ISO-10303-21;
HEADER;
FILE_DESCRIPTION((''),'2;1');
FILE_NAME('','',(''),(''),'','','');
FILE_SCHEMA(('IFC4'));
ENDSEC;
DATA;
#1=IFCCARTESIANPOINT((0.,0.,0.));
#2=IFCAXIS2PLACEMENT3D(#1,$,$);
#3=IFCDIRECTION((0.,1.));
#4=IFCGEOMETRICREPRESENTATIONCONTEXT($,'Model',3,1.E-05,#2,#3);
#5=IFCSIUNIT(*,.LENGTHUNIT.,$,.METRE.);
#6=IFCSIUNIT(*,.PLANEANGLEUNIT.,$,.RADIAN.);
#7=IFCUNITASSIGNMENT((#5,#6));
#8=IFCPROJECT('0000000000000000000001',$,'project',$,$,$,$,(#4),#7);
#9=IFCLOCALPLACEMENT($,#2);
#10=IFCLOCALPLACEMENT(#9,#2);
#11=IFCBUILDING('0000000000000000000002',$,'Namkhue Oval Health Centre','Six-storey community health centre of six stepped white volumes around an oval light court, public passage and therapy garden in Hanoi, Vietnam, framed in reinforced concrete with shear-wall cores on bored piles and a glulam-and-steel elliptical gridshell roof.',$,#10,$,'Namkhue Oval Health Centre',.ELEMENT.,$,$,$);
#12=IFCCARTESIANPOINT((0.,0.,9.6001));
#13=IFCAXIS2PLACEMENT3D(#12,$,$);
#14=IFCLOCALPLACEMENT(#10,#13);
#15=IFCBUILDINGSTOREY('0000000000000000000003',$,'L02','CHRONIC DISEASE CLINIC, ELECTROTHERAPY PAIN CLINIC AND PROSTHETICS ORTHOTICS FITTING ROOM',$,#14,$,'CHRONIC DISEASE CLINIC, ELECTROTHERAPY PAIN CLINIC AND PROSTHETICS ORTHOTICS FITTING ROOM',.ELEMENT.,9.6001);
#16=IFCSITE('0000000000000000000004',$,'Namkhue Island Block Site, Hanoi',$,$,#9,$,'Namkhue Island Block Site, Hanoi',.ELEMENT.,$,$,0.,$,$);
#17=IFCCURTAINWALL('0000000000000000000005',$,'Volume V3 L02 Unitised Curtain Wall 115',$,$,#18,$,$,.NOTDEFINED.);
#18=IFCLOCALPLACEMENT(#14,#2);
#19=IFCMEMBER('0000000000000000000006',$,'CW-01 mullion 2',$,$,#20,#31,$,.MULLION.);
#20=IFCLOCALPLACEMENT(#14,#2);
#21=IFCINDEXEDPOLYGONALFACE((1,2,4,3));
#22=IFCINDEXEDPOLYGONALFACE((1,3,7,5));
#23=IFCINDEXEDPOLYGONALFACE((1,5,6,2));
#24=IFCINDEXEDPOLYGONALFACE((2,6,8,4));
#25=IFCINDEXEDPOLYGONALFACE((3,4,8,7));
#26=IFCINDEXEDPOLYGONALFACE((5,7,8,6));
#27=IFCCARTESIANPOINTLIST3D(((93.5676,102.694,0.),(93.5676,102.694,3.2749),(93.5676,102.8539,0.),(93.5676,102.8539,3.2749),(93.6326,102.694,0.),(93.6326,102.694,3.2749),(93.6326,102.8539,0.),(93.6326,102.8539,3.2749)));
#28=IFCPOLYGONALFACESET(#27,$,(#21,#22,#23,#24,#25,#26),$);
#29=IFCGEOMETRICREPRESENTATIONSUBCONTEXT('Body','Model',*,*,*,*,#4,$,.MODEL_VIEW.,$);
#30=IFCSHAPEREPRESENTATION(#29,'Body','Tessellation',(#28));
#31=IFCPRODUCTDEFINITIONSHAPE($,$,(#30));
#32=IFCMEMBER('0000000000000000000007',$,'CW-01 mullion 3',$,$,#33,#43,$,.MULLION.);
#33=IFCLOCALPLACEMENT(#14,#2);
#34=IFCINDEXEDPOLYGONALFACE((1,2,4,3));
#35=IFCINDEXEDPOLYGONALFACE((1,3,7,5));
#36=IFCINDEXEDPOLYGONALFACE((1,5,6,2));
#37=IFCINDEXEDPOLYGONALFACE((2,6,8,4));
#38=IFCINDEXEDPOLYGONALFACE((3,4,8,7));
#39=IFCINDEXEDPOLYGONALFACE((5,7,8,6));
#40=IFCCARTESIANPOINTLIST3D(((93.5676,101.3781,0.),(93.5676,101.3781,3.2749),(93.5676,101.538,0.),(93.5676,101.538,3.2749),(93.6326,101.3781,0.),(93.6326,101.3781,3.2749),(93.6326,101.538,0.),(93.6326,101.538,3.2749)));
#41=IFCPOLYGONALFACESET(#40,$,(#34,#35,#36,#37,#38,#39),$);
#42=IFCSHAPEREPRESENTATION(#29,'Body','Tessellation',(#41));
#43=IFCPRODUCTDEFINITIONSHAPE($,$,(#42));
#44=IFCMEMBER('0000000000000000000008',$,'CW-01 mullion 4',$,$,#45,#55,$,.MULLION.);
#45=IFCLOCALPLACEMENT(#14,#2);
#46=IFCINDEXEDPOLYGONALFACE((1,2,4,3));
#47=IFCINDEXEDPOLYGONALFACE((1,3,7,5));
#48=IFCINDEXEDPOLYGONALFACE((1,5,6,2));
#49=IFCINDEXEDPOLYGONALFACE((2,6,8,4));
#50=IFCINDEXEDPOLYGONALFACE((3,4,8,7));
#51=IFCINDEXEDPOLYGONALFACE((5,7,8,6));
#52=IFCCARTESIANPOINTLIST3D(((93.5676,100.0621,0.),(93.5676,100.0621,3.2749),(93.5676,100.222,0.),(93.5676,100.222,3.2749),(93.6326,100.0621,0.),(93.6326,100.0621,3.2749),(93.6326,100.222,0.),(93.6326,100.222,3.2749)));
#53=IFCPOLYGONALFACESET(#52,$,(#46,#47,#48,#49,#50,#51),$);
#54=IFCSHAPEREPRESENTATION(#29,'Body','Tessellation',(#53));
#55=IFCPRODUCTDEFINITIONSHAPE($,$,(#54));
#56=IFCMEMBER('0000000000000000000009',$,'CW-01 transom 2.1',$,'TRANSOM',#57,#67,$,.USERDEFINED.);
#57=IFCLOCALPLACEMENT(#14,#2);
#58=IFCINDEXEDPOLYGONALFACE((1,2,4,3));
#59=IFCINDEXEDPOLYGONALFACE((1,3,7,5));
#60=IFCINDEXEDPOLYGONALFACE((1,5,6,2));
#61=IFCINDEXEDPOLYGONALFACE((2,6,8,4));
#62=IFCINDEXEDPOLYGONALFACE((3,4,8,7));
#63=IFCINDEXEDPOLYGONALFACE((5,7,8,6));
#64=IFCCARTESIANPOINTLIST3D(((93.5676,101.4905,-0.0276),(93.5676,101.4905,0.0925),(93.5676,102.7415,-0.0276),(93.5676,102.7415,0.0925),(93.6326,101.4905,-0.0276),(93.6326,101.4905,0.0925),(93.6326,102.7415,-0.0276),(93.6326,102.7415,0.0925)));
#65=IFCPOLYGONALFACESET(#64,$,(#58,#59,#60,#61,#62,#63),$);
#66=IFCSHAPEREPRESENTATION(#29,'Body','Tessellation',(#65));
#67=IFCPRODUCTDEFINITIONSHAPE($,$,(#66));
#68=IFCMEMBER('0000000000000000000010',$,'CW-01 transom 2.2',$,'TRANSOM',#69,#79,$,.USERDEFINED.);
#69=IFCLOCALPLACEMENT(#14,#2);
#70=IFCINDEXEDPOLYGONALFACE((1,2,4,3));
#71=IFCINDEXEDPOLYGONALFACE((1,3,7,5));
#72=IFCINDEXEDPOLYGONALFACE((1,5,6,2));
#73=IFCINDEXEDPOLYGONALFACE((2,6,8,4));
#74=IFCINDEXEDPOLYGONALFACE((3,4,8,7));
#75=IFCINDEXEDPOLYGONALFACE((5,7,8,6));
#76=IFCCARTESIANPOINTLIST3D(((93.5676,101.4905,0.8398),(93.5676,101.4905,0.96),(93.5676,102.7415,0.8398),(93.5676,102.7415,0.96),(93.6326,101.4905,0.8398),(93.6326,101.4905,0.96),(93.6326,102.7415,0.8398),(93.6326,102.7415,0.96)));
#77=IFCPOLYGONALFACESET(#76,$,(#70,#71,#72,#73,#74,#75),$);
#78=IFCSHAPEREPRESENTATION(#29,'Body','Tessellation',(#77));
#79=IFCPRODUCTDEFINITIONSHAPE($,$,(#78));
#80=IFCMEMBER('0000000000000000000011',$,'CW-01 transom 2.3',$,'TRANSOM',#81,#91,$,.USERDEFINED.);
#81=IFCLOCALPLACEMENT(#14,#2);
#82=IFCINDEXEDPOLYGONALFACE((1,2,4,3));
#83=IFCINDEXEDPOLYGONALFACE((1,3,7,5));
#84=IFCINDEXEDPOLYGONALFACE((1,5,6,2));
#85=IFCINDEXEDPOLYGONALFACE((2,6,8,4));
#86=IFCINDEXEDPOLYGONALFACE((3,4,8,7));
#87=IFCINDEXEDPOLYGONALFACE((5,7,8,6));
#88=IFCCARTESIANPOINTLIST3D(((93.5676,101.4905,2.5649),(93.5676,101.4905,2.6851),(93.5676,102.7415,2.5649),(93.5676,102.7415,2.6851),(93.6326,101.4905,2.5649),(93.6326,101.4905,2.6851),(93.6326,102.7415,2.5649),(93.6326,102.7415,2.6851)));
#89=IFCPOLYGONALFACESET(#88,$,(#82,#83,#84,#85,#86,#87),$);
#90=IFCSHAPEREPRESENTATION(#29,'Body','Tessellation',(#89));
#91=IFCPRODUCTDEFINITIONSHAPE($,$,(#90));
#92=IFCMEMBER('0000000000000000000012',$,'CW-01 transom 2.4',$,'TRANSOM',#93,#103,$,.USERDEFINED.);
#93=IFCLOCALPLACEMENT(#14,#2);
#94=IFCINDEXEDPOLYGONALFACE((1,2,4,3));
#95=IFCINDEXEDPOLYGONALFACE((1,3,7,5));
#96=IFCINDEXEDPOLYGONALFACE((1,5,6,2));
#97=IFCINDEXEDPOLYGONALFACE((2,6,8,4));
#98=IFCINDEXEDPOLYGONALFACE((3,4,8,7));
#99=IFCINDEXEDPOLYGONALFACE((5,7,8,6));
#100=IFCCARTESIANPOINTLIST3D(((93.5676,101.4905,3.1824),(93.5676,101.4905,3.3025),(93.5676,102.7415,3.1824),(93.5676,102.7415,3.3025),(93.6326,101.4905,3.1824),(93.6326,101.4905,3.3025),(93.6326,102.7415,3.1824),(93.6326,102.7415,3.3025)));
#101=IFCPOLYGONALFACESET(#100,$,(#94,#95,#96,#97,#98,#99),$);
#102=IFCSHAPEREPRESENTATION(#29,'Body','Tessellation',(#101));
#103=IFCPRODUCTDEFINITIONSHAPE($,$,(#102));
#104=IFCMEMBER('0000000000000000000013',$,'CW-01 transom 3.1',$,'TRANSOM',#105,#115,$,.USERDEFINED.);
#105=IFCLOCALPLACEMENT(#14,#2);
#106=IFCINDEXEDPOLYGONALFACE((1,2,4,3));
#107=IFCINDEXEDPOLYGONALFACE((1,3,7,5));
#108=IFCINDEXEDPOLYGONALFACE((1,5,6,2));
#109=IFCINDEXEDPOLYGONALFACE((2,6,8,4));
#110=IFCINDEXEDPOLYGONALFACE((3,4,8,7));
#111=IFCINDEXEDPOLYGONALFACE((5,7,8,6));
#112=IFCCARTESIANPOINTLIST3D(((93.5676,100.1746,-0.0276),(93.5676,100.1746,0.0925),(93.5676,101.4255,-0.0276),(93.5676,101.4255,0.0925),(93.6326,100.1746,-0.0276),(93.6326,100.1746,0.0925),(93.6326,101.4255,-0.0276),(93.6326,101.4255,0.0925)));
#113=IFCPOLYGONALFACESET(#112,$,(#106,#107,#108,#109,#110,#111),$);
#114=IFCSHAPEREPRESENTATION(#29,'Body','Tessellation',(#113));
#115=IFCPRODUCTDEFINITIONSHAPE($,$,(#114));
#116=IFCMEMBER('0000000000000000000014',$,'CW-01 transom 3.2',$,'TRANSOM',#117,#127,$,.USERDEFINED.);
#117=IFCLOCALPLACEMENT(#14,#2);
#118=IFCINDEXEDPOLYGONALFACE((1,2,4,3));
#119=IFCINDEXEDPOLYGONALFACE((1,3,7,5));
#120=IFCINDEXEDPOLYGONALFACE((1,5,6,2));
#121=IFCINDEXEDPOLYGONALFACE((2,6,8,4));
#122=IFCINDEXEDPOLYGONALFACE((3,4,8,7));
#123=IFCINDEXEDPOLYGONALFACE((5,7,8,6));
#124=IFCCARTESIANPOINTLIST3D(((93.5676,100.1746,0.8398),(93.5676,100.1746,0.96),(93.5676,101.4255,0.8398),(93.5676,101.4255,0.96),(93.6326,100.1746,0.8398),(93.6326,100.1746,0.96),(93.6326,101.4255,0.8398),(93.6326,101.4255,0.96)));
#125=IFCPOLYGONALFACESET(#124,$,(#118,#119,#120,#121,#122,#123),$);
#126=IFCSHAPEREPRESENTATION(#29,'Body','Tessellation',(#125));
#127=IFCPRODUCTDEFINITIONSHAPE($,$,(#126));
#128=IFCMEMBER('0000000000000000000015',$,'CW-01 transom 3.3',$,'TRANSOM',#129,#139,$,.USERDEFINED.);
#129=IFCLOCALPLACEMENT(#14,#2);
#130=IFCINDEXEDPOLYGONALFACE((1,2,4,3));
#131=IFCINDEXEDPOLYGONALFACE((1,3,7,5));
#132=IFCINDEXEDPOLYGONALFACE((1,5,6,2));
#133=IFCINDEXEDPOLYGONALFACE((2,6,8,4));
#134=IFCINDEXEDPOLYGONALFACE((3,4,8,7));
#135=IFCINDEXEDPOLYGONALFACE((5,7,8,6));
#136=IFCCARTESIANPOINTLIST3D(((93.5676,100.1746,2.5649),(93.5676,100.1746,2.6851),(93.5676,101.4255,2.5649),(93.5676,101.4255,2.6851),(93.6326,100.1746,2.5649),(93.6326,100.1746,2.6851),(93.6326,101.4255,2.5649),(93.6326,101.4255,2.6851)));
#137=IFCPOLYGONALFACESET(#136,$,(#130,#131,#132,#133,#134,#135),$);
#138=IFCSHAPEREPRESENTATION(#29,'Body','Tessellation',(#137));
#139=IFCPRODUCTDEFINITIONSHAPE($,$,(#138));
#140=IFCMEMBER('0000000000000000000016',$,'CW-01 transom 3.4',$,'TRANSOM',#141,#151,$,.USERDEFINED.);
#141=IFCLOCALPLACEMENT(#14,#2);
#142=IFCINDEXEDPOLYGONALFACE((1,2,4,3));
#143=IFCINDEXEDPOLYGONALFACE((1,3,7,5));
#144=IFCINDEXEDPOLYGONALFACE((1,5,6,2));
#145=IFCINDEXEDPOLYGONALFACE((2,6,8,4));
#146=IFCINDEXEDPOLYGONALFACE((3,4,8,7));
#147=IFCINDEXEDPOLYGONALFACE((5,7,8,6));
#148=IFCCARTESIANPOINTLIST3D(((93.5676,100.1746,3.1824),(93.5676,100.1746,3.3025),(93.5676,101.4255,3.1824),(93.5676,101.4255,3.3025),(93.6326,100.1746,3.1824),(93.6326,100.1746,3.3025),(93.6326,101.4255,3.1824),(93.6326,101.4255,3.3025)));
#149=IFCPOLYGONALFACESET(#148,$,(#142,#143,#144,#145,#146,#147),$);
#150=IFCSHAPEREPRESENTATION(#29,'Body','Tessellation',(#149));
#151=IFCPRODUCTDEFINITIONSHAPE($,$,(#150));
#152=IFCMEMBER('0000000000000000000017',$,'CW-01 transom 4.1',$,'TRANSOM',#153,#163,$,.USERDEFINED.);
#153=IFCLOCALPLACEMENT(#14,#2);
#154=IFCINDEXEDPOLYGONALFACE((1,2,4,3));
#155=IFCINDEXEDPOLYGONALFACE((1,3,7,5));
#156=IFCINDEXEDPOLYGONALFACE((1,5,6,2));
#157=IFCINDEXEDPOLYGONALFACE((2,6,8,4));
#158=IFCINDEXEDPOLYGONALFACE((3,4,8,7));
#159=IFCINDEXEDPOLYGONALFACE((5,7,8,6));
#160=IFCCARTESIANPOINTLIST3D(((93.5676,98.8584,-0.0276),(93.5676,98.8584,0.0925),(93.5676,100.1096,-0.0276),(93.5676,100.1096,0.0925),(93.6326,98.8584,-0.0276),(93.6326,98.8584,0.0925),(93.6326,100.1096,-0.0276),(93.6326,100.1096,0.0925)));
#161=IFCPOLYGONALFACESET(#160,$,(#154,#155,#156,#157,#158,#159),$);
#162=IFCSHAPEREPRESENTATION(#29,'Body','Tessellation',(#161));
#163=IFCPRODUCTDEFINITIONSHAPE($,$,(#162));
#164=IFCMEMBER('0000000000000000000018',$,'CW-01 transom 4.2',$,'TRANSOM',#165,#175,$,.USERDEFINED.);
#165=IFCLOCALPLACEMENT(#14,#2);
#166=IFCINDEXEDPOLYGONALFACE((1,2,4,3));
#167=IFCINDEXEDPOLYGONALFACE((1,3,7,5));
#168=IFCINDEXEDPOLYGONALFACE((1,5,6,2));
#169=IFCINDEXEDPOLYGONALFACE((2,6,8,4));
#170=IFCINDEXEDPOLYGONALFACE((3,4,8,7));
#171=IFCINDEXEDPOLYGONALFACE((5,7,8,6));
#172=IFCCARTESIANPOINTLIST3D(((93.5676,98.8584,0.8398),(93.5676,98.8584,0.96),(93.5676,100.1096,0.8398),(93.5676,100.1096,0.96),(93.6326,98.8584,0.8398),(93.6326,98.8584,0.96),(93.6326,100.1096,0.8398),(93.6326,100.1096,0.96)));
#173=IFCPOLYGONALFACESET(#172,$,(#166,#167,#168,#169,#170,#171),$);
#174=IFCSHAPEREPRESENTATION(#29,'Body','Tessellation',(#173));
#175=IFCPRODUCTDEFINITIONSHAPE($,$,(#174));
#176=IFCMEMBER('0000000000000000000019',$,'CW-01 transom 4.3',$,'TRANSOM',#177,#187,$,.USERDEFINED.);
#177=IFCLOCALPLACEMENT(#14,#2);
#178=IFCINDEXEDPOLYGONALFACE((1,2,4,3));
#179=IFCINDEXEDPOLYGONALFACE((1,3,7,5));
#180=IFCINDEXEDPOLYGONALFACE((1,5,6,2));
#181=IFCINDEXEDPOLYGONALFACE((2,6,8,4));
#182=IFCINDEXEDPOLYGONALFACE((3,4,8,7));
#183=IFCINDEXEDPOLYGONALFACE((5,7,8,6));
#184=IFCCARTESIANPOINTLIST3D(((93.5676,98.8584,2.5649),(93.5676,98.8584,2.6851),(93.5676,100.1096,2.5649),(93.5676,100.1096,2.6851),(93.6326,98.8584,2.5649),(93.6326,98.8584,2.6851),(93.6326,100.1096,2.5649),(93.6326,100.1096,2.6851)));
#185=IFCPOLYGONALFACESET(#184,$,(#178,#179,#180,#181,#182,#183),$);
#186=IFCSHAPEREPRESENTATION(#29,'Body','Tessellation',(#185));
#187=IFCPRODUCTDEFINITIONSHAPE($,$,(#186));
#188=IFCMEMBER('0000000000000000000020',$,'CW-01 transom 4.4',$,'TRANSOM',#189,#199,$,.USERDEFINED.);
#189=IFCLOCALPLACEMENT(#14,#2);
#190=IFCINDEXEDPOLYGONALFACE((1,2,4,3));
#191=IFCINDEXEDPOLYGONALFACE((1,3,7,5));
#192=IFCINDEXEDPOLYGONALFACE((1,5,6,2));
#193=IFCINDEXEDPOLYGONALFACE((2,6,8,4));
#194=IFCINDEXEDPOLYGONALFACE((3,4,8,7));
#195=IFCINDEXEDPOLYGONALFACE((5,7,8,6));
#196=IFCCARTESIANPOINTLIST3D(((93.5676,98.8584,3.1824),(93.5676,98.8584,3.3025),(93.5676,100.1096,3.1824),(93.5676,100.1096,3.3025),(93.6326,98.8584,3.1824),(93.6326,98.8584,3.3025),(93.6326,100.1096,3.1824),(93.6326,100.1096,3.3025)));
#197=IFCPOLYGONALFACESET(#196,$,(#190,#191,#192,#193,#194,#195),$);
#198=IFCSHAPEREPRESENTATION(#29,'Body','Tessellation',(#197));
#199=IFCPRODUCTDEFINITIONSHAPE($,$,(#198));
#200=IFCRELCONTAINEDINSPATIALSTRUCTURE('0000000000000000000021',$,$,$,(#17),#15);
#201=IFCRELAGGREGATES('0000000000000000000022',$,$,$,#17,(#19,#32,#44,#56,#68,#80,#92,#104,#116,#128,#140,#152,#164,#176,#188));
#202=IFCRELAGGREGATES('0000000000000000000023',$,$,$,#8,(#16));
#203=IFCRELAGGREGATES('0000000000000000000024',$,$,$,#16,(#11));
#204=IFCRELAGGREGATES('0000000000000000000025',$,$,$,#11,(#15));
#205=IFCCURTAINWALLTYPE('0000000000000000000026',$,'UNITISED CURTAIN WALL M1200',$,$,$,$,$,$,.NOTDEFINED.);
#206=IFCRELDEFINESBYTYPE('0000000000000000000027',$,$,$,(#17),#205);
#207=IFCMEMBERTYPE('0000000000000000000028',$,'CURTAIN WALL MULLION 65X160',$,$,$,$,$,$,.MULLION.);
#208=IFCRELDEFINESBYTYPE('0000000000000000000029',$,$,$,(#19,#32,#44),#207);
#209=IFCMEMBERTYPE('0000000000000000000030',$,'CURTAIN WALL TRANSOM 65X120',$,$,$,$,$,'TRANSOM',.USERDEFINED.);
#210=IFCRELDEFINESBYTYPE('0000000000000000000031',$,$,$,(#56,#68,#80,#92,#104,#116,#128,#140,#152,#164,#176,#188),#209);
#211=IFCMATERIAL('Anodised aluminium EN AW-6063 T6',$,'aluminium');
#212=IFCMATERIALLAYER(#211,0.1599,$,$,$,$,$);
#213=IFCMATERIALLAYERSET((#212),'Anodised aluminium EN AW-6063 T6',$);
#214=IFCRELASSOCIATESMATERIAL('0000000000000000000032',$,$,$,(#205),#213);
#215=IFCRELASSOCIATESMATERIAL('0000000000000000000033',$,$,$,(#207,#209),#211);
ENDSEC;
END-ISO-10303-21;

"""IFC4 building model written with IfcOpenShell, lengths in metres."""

from ifc_helpers import new_model, si_unit, direction, frame, origin, origin_2d, place, context, subcontext, project, spatial, rectangle, extrude, material, layer, layer_set, material_profile, profile_set, type_object, element, aggregate, save


model = new_model("IFC4")

# Units and contexts
model_context = context("Model", 3, precision=1e-05, world=origin(), true_north=direction((0.0, 1.0)))
body_context = subcontext(model_context, "Body", "Model", "MODEL_VIEW")
ifc_project = project(units=[si_unit("LENGTHUNIT", "METRE"), si_unit("PLANEANGLEUNIT", "RADIAN")], contexts=[model_context])

# Site, building, storey
site_placement = place(None, origin())
site = spatial("IfcSite", under=ifc_project, at=site_placement, Name="Namkhue Island Block Site, Hanoi", LongName="Namkhue Island Block Site, Hanoi", CompositionType="ELEMENT", RefElevation=0.0)
building_placement = place(site_placement, origin())
building = spatial("IfcBuilding", under=site, at=building_placement, Name="Namkhue Oval Health Centre", Description="Six-storey community health centre of six stepped white volumes around an oval light court, public passage and therapy garden in Hanoi, Vietnam, framed in reinforced concrete with shear-wall cores on bored piles and a glulam-and-steel elliptical gridshell roof.", LongName="Namkhue Oval Health Centre", CompositionType="ELEMENT")
storey_placement = place(building_placement, frame((0.0, 0.0, 9.6001)))
storey = spatial("IfcBuildingStorey", under=building, at=storey_placement, Name="L02", Description="CHRONIC DISEASE CLINIC, ELECTROTHERAPY PAIN CLINIC AND PROSTHETICS ORTHOTICS FITTING ROOM", LongName="CHRONIC DISEASE CLINIC, ELECTROTHERAPY PAIN CLINIC AND PROSTHETICS ORTHOTICS FITTING ROOM", CompositionType="ELEMENT", Elevation=9.6001)

# Curtain wall, members
ifc_material_1 = material(Name="Anodised aluminium EN AW-6063 T6", Category="aluminium")
ifc_layer_1 = layer(ifc_material_1, 0.1599)
ifc_layer_set_1 = layer_set([ifc_layer_1], Name="Anodised aluminium EN AW-6063 T6")
curtain_wall_type = type_object("IfcCurtainWallType", Name="UNITISED CURTAIN WALL M1200", PredefinedType="NOTDEFINED", material=ifc_layer_set_1)
curtain_wall_placement = place(storey_placement, origin())
curtain_wall = element("IfcCurtainWall", 1, at=curtain_wall_placement, inside=storey, type_object=curtain_wall_type, Name="Volume V3 L02 Unitised Curtain Wall 115", PredefinedType="NOTDEFINED")
ifc_material_profile_1 = material_profile(ifc_material_1, rectangle(XDim=0.0649, YDim=0.1599, at=origin_2d()), Name="ALU 65x160")
ifc_profile_set_1 = profile_set([ifc_material_profile_1], Name="Anodised aluminium EN AW-6063 T6")
member_type_1 = type_object("IfcMemberType", Name="CURTAIN WALL MULLION 65X160", PredefinedType="MULLION", material=ifc_profile_set_1)
member_1_placement = place(storey_placement, frame((93.6001, 102.7739, 0.0), z_axis=(0.0, 0.0, 1.0), x_axis=(1.0, 0.0, 0.0)))
member_1 = element("IfcMember", 2, at=member_1_placement, type_object=member_type_1, Name="CW-01 mullion 2", PredefinedType="MULLION", context=body_context, shape_type="SweptSolid", body=[
    extrude(rectangle(XDim=0.0649, YDim=0.1599, at=origin_2d()), origin(), (0.0, 0.0, 1.0), 3.2749),
])
member_2_placement = place(storey_placement, frame((93.6001, 101.458, 0.0), z_axis=(0.0, 0.0, 1.0), x_axis=(1.0, 0.0, 0.0)))
member_2 = element("IfcMember", 3, at=member_2_placement, type_object=member_type_1, Name="CW-01 mullion 3", PredefinedType="MULLION", context=body_context, shape_type="SweptSolid", body=[
    extrude(rectangle(XDim=0.0649, YDim=0.1599, at=origin_2d()), origin(), (0.0, 0.0, 1.0), 3.2749),
])
member_3_placement = place(storey_placement, frame((93.6001, 100.1421, 0.0), z_axis=(0.0, 0.0, 1.0), x_axis=(1.0, 0.0, 0.0)))
member_3 = element("IfcMember", 4, at=member_3_placement, type_object=member_type_1, Name="CW-01 mullion 4", PredefinedType="MULLION", context=body_context, shape_type="SweptSolid", body=[
    extrude(rectangle(XDim=0.0649, YDim=0.1599, at=origin_2d()), origin(), (0.0, 0.0, 1.0), 3.2749),
])
ifc_material_profile_2 = material_profile(ifc_material_1, rectangle(XDim=0.0649, YDim=0.1201, at=origin_2d()), Name="ALU 65x120")
ifc_profile_set_2 = profile_set([ifc_material_profile_2], Name="Anodised aluminium EN AW-6063 T6")
member_type_2 = type_object("IfcMemberType", Name="CURTAIN WALL TRANSOM 65X120", ElementType="TRANSOM", PredefinedType="USERDEFINED", material=ifc_profile_set_2)
member_4_placement = place(storey_placement, frame((93.6001, 102.7415, 0.0325), z_axis=(0.0, -1.0, 0.0), x_axis=(1.0, 0.0, 0.0)))
member_4 = element("IfcMember", 5, at=member_4_placement, type_object=member_type_2, Name="CW-01 transom 2.1", ObjectType="TRANSOM", PredefinedType="USERDEFINED", context=body_context, shape_type="SweptSolid", body=[
    extrude(rectangle(XDim=0.0649, YDim=0.1201, at=origin_2d()), origin(), (0.0, 0.0, 1.0), 1.251),
])
member_5_placement = place(storey_placement, frame((93.6001, 102.7415, 0.8999), z_axis=(0.0, -1.0, 0.0), x_axis=(1.0, 0.0, 0.0)))
member_5 = element("IfcMember", 6, at=member_5_placement, type_object=member_type_2, Name="CW-01 transom 2.2", ObjectType="TRANSOM", PredefinedType="USERDEFINED", context=body_context, shape_type="SweptSolid", body=[
    extrude(rectangle(XDim=0.0649, YDim=0.1201, at=origin_2d()), origin(), (0.0, 0.0, 1.0), 1.251),
])
member_6_placement = place(storey_placement, frame((93.6001, 102.7415, 2.625), z_axis=(0.0, -1.0, 0.0), x_axis=(1.0, 0.0, 0.0)))
member_6 = element("IfcMember", 7, at=member_6_placement, type_object=member_type_2, Name="CW-01 transom 2.3", ObjectType="TRANSOM", PredefinedType="USERDEFINED", context=body_context, shape_type="SweptSolid", body=[
    extrude(rectangle(XDim=0.0649, YDim=0.1201, at=origin_2d()), origin(), (0.0, 0.0, 1.0), 1.251),
])
member_7_placement = place(storey_placement, frame((93.6001, 102.7415, 3.2424), z_axis=(0.0, -1.0, 0.0), x_axis=(1.0, 0.0, 0.0)))
member_7 = element("IfcMember", 8, at=member_7_placement, type_object=member_type_2, Name="CW-01 transom 2.4", ObjectType="TRANSOM", PredefinedType="USERDEFINED", context=body_context, shape_type="SweptSolid", body=[
    extrude(rectangle(XDim=0.0649, YDim=0.1201, at=origin_2d()), origin(), (0.0, 0.0, 1.0), 1.251),
])
member_8_placement = place(storey_placement, frame((93.6001, 101.4255, 0.0325), z_axis=(0.0, -1.0, 0.0), x_axis=(1.0, 0.0, 0.0)))
member_8 = element("IfcMember", 9, at=member_8_placement, type_object=member_type_2, Name="CW-01 transom 3.1", ObjectType="TRANSOM", PredefinedType="USERDEFINED", context=body_context, shape_type="SweptSolid", body=[
    extrude(rectangle(XDim=0.0649, YDim=0.1201, at=origin_2d()), origin(), (0.0, 0.0, 1.0), 1.251),
])
member_9_placement = place(storey_placement, frame((93.6001, 101.4255, 0.8999), z_axis=(0.0, -1.0, 0.0), x_axis=(1.0, 0.0, 0.0)))
member_9 = element("IfcMember", 10, at=member_9_placement, type_object=member_type_2, Name="CW-01 transom 3.2", ObjectType="TRANSOM", PredefinedType="USERDEFINED", context=body_context, shape_type="SweptSolid", body=[
    extrude(rectangle(XDim=0.0649, YDim=0.1201, at=origin_2d()), origin(), (0.0, 0.0, 1.0), 1.251),
])
member_10_placement = place(storey_placement, frame((93.6001, 101.4255, 2.625), z_axis=(0.0, -1.0, 0.0), x_axis=(1.0, 0.0, 0.0)))
member_10 = element("IfcMember", 11, at=member_10_placement, type_object=member_type_2, Name="CW-01 transom 3.3", ObjectType="TRANSOM", PredefinedType="USERDEFINED", context=body_context, shape_type="SweptSolid", body=[
    extrude(rectangle(XDim=0.0649, YDim=0.1201, at=origin_2d()), origin(), (0.0, 0.0, 1.0), 1.251),
])
member_11_placement = place(storey_placement, frame((93.6001, 101.4255, 3.2424), z_axis=(0.0, -1.0, 0.0), x_axis=(1.0, 0.0, 0.0)))
member_11 = element("IfcMember", 12, at=member_11_placement, type_object=member_type_2, Name="CW-01 transom 3.4", ObjectType="TRANSOM", PredefinedType="USERDEFINED", context=body_context, shape_type="SweptSolid", body=[
    extrude(rectangle(XDim=0.0649, YDim=0.1201, at=origin_2d()), origin(), (0.0, 0.0, 1.0), 1.251),
])
member_12_placement = place(storey_placement, frame((93.6001, 100.1096, 0.0325), z_axis=(0.0, -1.0, 0.0), x_axis=(1.0, 0.0, 0.0)))
member_12 = element("IfcMember", 13, at=member_12_placement, type_object=member_type_2, Name="CW-01 transom 4.1", ObjectType="TRANSOM", PredefinedType="USERDEFINED", context=body_context, shape_type="SweptSolid", body=[
    extrude(rectangle(XDim=0.0649, YDim=0.1201, at=origin_2d()), origin(), (0.0, 0.0, 1.0), 1.2512),
])
member_13_placement = place(storey_placement, frame((93.6001, 100.1096, 0.8999), z_axis=(0.0, -1.0, 0.0), x_axis=(1.0, 0.0, 0.0)))
member_13 = element("IfcMember", 14, at=member_13_placement, type_object=member_type_2, Name="CW-01 transom 4.2", ObjectType="TRANSOM", PredefinedType="USERDEFINED", context=body_context, shape_type="SweptSolid", body=[
    extrude(rectangle(XDim=0.0649, YDim=0.1201, at=origin_2d()), origin(), (0.0, 0.0, 1.0), 1.2512),
])
member_14_placement = place(storey_placement, frame((93.6001, 100.1096, 2.625), z_axis=(0.0, -1.0, 0.0), x_axis=(1.0, 0.0, 0.0)))
member_14 = element("IfcMember", 15, at=member_14_placement, type_object=member_type_2, Name="CW-01 transom 4.3", ObjectType="TRANSOM", PredefinedType="USERDEFINED", context=body_context, shape_type="SweptSolid", body=[
    extrude(rectangle(XDim=0.0649, YDim=0.1201, at=origin_2d()), origin(), (0.0, 0.0, 1.0), 1.2512),
])
member_15_placement = place(storey_placement, frame((93.6001, 100.1096, 3.2424), z_axis=(0.0, -1.0, 0.0), x_axis=(1.0, 0.0, 0.0)))
member_15 = element("IfcMember", 16, at=member_15_placement, type_object=member_type_2, Name="CW-01 transom 4.4", ObjectType="TRANSOM", PredefinedType="USERDEFINED", context=body_context, shape_type="SweptSolid", body=[
    extrude(rectangle(XDim=0.0649, YDim=0.1201, at=origin_2d()), origin(), (0.0, 0.0, 1.0), 1.2512),
])

aggregate(curtain_wall, [member_1, member_2, member_3, member_4, member_5, member_6, member_7, member_8, member_9, member_10, member_11, member_12, member_13, member_14, member_15])

save(model, "model.ifc")
